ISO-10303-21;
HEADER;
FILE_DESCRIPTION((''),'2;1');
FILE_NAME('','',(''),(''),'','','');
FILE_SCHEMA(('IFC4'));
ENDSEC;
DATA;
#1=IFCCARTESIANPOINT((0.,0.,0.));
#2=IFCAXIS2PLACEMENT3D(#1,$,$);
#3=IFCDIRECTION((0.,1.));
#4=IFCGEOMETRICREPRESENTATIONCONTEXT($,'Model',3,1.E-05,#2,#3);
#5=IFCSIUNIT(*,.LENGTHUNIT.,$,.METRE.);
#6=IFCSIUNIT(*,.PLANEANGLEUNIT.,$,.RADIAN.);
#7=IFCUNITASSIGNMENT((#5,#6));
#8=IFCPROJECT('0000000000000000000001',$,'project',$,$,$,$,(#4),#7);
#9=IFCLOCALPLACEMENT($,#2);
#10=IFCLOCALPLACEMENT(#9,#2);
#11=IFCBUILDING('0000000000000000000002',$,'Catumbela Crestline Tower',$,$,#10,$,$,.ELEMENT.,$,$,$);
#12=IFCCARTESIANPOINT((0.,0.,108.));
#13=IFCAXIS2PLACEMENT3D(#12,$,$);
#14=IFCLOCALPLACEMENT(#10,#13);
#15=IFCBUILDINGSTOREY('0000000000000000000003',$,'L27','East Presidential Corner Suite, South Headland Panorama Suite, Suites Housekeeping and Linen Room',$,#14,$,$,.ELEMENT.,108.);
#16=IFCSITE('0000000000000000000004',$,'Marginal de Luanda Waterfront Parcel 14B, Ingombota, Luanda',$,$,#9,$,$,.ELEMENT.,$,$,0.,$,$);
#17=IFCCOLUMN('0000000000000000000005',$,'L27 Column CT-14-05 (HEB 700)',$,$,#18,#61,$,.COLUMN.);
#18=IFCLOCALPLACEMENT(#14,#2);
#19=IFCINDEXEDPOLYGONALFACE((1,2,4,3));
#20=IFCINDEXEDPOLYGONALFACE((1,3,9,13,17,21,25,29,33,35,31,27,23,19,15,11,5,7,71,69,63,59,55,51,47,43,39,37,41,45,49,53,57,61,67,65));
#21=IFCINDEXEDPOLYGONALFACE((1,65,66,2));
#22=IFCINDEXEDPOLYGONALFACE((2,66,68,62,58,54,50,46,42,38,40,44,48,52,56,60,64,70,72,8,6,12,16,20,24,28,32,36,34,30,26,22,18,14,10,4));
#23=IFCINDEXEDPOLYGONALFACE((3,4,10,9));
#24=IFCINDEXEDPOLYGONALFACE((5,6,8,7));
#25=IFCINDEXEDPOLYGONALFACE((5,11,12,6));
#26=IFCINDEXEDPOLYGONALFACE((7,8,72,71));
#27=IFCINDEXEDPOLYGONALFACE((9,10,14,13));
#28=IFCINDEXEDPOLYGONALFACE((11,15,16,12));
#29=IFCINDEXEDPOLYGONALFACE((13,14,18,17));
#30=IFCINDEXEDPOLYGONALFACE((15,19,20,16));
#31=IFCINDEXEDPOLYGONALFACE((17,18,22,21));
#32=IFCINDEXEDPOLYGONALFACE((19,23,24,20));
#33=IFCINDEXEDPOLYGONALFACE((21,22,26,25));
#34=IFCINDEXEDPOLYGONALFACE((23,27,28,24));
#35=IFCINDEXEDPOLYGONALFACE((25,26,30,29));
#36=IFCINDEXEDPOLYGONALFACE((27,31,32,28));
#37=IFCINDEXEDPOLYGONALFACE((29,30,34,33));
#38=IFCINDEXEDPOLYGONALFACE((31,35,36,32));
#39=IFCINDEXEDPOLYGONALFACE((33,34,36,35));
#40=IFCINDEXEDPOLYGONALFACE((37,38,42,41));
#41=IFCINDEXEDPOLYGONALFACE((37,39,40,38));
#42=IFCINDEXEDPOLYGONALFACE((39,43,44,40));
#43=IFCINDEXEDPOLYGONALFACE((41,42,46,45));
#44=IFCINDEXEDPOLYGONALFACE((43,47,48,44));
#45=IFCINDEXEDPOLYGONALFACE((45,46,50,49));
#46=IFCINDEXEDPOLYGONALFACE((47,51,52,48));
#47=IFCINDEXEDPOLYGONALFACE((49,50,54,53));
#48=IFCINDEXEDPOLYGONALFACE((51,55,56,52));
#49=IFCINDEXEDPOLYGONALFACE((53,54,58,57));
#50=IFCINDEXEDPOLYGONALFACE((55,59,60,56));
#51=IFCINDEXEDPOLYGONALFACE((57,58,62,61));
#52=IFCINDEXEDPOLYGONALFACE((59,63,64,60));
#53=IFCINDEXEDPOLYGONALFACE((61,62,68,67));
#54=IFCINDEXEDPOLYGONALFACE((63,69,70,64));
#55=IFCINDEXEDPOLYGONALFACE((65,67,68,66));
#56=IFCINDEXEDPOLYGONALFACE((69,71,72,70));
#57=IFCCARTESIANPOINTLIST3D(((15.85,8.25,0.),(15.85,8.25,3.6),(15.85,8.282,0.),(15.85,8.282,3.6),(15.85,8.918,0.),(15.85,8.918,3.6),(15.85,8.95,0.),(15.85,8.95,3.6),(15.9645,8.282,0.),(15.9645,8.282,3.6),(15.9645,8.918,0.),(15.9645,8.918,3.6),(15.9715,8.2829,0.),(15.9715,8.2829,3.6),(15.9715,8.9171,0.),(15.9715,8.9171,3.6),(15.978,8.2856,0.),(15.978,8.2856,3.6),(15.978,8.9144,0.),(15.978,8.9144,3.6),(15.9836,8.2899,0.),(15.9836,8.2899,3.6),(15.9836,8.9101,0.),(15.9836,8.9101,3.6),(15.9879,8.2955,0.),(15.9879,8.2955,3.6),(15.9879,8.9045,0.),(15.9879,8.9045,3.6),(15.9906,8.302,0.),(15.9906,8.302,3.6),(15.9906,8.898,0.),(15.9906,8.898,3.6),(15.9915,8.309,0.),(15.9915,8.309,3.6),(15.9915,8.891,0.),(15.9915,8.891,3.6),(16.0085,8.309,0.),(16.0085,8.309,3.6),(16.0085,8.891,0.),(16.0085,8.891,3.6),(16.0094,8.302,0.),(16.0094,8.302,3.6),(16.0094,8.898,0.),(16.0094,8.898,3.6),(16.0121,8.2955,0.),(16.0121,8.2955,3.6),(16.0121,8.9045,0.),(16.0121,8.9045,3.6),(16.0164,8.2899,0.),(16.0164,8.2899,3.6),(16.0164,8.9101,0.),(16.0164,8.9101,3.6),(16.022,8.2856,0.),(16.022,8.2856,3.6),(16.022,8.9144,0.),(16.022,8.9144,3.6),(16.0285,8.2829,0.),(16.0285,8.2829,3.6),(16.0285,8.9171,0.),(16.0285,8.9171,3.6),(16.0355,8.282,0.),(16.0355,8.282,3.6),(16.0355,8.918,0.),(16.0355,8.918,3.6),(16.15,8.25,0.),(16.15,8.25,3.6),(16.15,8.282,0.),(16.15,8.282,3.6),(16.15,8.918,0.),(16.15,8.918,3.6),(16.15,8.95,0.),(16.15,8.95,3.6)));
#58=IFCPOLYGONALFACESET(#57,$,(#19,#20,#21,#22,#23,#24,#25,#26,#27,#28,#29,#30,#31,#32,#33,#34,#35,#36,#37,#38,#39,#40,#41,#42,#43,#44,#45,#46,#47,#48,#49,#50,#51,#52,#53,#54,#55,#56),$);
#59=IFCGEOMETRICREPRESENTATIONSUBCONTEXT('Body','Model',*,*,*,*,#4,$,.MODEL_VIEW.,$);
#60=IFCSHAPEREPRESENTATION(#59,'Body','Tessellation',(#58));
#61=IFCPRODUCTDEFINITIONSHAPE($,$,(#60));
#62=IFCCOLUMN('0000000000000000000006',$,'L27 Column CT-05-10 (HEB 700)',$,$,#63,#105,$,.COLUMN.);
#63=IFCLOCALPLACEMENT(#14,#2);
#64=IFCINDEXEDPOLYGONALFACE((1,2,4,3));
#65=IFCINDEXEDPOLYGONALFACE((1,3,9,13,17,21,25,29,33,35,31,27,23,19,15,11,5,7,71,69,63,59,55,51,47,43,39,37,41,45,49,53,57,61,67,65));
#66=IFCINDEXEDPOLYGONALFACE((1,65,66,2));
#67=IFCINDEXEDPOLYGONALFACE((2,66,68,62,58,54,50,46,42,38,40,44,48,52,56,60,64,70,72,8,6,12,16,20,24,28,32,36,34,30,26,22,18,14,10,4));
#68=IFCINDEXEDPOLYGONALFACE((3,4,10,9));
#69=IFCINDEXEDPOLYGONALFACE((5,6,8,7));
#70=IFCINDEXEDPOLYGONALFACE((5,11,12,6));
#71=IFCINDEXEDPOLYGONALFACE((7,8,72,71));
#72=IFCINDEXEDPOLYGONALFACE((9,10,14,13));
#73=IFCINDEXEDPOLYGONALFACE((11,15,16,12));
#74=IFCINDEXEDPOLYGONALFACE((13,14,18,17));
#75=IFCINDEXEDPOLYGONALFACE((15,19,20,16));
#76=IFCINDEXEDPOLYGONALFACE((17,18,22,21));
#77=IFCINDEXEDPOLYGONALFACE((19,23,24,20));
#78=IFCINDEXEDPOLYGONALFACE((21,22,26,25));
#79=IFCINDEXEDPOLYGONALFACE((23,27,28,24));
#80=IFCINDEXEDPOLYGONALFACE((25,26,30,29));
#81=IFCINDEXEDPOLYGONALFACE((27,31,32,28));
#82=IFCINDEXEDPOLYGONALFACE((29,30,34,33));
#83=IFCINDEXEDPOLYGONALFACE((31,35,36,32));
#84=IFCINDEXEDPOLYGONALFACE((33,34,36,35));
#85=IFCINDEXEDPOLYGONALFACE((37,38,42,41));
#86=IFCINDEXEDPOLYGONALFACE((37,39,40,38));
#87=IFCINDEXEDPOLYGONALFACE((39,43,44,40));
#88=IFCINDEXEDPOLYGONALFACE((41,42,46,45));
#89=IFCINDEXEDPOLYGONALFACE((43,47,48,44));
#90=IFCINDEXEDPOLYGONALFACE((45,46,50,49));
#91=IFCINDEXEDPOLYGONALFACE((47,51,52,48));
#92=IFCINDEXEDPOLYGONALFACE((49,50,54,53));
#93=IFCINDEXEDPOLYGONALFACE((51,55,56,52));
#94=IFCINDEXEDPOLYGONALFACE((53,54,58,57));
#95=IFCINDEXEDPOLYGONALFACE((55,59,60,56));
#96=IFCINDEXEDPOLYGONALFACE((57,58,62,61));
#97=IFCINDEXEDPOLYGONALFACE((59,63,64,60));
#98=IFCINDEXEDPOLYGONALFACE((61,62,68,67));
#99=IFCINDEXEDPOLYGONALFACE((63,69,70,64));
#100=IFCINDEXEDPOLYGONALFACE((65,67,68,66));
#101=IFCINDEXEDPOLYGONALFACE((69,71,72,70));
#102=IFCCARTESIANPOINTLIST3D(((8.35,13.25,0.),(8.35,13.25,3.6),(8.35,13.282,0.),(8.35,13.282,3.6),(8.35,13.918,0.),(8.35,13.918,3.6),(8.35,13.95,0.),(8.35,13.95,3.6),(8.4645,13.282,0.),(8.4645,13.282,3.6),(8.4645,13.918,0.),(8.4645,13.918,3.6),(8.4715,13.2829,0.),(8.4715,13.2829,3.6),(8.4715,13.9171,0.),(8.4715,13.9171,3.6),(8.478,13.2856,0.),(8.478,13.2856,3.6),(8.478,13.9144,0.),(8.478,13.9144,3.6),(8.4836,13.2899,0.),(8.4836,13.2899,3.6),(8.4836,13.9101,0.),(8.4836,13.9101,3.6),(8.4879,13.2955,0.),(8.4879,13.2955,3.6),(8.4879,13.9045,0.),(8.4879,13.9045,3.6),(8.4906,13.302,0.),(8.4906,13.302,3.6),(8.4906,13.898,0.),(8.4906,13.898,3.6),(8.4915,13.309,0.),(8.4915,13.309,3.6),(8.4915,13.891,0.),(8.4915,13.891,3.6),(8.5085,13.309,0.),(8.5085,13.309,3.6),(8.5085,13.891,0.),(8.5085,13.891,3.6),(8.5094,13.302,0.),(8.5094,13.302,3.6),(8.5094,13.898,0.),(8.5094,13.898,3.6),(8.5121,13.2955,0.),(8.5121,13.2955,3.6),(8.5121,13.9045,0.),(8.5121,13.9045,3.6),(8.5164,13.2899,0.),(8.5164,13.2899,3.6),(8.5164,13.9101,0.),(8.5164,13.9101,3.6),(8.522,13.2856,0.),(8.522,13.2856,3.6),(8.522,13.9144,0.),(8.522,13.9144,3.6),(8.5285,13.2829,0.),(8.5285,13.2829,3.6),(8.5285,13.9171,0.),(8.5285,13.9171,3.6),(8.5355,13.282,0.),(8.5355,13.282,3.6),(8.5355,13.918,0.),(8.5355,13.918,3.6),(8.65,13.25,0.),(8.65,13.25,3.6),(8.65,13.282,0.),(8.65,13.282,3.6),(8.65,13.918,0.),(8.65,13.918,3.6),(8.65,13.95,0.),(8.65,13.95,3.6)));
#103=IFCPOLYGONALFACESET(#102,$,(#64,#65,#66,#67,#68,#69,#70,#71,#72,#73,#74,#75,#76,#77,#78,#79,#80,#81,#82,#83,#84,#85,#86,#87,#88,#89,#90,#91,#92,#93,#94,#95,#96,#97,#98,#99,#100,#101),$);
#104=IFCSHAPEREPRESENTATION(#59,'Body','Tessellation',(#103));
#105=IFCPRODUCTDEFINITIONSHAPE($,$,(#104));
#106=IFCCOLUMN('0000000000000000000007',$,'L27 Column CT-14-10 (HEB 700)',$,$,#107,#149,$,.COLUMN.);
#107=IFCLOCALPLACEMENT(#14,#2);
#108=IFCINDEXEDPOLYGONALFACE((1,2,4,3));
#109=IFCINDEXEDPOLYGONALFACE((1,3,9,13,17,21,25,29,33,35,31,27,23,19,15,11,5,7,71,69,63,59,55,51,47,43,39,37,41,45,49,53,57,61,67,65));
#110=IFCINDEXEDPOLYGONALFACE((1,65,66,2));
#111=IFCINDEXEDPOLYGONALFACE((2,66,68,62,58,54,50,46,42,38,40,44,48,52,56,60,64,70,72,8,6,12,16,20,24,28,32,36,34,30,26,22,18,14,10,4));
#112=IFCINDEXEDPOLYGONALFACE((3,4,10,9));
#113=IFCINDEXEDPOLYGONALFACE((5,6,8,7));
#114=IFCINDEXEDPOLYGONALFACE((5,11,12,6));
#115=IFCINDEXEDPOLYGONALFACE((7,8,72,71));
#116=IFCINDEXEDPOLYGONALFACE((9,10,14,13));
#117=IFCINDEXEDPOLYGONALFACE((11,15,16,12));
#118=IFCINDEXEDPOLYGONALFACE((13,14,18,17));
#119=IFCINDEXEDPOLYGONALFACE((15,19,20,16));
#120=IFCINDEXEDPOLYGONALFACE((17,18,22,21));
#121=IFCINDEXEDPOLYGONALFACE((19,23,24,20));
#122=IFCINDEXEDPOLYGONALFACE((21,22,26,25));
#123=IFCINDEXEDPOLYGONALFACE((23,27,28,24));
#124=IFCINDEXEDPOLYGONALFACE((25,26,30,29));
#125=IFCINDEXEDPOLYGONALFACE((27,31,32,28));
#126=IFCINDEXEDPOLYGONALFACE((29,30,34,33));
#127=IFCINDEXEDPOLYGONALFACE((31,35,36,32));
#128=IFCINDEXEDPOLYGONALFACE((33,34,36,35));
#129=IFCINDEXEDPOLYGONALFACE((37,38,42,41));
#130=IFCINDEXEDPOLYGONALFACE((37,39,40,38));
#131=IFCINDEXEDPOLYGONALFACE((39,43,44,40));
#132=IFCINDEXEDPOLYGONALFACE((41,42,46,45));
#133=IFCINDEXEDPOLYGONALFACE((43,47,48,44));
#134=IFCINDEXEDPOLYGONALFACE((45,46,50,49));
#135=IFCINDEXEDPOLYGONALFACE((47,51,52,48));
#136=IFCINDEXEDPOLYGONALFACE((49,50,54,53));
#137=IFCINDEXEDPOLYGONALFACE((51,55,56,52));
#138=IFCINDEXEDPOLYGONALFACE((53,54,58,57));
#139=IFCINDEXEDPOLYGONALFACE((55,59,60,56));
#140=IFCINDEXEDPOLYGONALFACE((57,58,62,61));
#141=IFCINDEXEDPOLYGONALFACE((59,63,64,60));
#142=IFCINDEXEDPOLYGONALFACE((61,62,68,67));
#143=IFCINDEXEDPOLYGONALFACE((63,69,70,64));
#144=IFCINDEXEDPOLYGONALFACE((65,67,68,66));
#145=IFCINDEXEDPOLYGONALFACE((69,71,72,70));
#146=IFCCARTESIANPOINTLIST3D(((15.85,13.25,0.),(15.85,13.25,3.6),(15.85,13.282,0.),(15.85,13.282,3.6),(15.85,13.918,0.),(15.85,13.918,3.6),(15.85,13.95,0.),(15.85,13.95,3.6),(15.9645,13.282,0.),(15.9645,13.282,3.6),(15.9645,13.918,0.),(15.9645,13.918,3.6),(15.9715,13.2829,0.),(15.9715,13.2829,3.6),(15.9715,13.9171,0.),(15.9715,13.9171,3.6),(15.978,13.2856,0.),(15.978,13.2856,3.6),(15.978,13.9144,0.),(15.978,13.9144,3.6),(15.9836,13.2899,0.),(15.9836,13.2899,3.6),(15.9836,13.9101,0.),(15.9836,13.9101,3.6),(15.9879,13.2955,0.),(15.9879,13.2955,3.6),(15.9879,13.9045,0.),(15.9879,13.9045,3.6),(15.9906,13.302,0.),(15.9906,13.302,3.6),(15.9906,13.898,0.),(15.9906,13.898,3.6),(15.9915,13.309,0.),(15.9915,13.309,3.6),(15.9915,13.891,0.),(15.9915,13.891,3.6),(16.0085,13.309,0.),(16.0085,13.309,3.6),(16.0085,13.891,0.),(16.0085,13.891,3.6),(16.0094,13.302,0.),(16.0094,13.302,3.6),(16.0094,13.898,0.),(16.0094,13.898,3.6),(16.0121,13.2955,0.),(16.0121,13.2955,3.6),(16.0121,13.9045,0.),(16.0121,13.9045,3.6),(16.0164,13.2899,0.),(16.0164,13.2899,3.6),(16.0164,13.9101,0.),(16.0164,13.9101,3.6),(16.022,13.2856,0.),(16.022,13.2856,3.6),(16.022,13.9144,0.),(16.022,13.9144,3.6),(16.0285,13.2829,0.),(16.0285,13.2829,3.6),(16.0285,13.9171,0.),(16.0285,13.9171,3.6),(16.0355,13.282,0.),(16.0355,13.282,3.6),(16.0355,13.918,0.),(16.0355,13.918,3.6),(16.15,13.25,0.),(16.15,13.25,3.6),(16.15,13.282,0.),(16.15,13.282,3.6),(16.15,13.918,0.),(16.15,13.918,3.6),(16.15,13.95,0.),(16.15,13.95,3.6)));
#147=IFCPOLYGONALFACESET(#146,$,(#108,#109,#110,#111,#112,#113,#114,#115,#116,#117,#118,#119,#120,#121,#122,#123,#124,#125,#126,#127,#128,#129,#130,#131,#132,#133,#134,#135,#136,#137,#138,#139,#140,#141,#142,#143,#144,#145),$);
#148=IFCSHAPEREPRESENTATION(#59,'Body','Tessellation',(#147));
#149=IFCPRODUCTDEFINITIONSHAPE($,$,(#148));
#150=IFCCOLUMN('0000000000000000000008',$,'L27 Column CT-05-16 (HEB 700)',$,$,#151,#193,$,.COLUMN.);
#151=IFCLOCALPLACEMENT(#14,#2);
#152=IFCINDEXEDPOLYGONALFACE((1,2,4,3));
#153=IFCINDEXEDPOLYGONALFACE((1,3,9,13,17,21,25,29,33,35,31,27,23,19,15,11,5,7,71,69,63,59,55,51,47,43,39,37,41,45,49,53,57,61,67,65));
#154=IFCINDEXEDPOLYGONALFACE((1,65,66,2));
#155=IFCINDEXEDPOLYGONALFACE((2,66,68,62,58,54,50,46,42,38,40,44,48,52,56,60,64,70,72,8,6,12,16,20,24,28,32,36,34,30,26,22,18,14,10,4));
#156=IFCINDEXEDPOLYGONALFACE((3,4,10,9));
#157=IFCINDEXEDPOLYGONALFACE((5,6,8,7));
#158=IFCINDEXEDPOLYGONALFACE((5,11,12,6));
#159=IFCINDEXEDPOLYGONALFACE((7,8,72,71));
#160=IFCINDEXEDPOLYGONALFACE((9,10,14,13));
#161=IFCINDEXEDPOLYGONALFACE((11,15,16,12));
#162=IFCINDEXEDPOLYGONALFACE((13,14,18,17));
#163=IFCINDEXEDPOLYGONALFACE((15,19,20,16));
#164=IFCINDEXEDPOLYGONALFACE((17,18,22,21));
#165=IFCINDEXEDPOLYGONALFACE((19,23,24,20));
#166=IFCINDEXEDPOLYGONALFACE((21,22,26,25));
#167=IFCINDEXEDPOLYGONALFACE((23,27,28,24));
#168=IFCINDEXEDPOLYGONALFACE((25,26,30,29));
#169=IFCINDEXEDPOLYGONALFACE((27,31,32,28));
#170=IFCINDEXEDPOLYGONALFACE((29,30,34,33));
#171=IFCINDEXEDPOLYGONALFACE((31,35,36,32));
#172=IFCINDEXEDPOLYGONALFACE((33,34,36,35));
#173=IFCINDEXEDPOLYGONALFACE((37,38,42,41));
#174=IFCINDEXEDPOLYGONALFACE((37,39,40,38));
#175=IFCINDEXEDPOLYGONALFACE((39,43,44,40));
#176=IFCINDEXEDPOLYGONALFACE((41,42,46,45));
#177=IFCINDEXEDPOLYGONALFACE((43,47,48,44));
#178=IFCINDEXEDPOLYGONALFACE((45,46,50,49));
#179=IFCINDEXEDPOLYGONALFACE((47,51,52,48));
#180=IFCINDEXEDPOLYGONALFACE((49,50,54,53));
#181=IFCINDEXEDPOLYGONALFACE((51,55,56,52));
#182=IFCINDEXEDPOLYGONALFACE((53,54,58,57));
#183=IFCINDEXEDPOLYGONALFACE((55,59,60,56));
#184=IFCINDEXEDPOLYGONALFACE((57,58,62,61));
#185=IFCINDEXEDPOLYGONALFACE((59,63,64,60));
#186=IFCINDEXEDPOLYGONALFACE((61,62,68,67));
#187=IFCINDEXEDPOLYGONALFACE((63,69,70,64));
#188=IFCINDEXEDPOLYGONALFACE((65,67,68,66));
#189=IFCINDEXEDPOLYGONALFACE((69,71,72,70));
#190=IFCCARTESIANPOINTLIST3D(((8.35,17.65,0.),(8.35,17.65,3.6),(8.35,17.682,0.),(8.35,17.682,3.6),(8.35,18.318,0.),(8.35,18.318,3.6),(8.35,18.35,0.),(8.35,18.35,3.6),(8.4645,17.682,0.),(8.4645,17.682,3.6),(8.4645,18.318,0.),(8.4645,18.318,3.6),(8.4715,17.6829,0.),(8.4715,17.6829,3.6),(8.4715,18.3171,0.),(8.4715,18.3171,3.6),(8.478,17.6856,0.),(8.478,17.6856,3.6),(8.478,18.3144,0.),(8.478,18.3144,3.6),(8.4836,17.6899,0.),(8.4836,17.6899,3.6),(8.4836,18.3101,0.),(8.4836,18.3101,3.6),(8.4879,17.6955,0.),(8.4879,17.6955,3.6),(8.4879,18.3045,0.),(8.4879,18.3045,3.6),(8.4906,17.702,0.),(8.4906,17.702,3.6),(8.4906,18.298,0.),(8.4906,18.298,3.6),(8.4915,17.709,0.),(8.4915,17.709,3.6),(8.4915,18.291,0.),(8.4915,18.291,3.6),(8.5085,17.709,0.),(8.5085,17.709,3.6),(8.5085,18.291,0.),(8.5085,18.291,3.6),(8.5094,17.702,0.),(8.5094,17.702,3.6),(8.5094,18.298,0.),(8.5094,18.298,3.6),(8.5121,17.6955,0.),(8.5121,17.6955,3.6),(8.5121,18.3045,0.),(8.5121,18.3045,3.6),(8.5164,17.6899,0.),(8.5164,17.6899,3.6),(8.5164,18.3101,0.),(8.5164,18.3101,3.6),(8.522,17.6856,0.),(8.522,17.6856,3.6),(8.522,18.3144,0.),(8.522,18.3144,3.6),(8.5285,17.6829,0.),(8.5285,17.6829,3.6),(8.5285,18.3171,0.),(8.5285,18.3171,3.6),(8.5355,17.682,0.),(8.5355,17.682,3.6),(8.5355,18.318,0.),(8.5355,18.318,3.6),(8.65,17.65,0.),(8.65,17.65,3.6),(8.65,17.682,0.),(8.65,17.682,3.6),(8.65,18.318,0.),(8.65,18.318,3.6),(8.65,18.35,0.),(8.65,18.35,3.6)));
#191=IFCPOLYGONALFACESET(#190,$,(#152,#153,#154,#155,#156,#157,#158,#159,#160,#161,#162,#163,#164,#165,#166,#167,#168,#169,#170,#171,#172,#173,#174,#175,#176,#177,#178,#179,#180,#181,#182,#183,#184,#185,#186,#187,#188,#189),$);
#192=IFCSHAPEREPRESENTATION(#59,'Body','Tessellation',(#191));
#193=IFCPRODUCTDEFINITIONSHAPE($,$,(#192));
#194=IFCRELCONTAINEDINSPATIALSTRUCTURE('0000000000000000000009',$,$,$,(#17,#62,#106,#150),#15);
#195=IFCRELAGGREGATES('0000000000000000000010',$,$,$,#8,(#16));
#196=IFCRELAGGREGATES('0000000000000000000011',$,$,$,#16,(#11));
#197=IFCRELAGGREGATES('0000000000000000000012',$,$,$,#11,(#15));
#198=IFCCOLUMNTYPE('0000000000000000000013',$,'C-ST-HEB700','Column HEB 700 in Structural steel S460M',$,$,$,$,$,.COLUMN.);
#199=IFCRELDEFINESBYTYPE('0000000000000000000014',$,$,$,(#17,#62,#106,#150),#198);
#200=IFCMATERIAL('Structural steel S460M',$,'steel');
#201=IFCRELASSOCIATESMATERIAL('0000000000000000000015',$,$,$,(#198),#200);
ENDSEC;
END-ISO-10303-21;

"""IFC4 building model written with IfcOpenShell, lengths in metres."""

from ifc_helpers import new_model, si_unit, direction, frame, origin, origin_2d, place, context, subcontext, project, spatial, i_section, extrude, material, material_profile, profile_set, type_object, element, save


model = new_model("IFC4")

# Units and contexts
model_context = context("Model", 3, precision=1e-05, world=origin(), true_north=direction((0.0, 1.0)))
body_context = subcontext(model_context, "Body", "Model", "MODEL_VIEW")
ifc_project = project(units=[si_unit("LENGTHUNIT", "METRE"), si_unit("PLANEANGLEUNIT", "RADIAN")], contexts=[model_context])

# Site, building, storey
site_placement = place(None, origin())
site = spatial("IfcSite", under=ifc_project, at=site_placement, Name="Marginal de Luanda Waterfront Parcel 14B, Ingombota, Luanda", CompositionType="ELEMENT", RefElevation=0.0)
building_placement = place(site_placement, origin())
building = spatial("IfcBuilding", under=site, at=building_placement, Name="Catumbela Crestline Tower", CompositionType="ELEMENT")
storey_placement = place(building_placement, frame((0.0, 0.0, 108.0)))
storey = spatial("IfcBuildingStorey", under=building, at=storey_placement, Name="L27", Description="East Presidential Corner Suite, South Headland Panorama Suite, Suites Housekeeping and Linen Room", CompositionType="ELEMENT", Elevation=108.0)

# Columns
ifc_material_1 = material(Name="Structural steel S460M", Category="steel")
ifc_material_profile_1 = material_profile(ifc_material_1, i_section(OverallWidth=0.3, OverallDepth=0.7, WebThickness=0.017, FlangeThickness=0.032, FilletRadius=0.027, at=origin_2d()), Name="HEB 700")
ifc_profile_set_1 = profile_set([ifc_material_profile_1], Name="Structural steel S460M")
column_type = type_object("IfcColumnType", Name="C-ST-HEB700", Description="Column HEB 700 in Structural steel S460M", PredefinedType="COLUMN", material=ifc_profile_set_1)
for number, where, z_axis, x_axis, name in (
    (1, (16.0, 8.6, 0.0), (0.0, 0.0, 1.0), (1.0, 0.0, 0.0), "L27 Column CT-14-05 (HEB 700)"),
    (2, (8.5, 13.6, 0.0), (0.0, 0.0, 1.0), (1.0, 0.0, 0.0), "L27 Column CT-05-10 (HEB 700)"),
    (3, (16.0, 13.6, 0.0), (0.0, 0.0, 1.0), (1.0, 0.0, 0.0), "L27 Column CT-14-10 (HEB 700)"),
    (4, (8.5, 18.0, 0.0), (0.0, 0.0, 1.0), (1.0, 0.0, 0.0), "L27 Column CT-05-16 (HEB 700)"),
):
    element("IfcColumn", number, at=place(storey_placement, frame(where, z_axis=z_axis, x_axis=x_axis)), inside=storey, type_object=column_type, Name=name, PredefinedType="COLUMN", context=body_context, shape_type="SweptSolid", body=[
        extrude(i_section(OverallWidth=0.3, OverallDepth=0.7, WebThickness=0.017, FlangeThickness=0.032, FilletRadius=0.027, at=origin_2d()), origin(), (0.0, 0.0, 1.0), 3.6),
    ])

save(model, "model.ifc")
